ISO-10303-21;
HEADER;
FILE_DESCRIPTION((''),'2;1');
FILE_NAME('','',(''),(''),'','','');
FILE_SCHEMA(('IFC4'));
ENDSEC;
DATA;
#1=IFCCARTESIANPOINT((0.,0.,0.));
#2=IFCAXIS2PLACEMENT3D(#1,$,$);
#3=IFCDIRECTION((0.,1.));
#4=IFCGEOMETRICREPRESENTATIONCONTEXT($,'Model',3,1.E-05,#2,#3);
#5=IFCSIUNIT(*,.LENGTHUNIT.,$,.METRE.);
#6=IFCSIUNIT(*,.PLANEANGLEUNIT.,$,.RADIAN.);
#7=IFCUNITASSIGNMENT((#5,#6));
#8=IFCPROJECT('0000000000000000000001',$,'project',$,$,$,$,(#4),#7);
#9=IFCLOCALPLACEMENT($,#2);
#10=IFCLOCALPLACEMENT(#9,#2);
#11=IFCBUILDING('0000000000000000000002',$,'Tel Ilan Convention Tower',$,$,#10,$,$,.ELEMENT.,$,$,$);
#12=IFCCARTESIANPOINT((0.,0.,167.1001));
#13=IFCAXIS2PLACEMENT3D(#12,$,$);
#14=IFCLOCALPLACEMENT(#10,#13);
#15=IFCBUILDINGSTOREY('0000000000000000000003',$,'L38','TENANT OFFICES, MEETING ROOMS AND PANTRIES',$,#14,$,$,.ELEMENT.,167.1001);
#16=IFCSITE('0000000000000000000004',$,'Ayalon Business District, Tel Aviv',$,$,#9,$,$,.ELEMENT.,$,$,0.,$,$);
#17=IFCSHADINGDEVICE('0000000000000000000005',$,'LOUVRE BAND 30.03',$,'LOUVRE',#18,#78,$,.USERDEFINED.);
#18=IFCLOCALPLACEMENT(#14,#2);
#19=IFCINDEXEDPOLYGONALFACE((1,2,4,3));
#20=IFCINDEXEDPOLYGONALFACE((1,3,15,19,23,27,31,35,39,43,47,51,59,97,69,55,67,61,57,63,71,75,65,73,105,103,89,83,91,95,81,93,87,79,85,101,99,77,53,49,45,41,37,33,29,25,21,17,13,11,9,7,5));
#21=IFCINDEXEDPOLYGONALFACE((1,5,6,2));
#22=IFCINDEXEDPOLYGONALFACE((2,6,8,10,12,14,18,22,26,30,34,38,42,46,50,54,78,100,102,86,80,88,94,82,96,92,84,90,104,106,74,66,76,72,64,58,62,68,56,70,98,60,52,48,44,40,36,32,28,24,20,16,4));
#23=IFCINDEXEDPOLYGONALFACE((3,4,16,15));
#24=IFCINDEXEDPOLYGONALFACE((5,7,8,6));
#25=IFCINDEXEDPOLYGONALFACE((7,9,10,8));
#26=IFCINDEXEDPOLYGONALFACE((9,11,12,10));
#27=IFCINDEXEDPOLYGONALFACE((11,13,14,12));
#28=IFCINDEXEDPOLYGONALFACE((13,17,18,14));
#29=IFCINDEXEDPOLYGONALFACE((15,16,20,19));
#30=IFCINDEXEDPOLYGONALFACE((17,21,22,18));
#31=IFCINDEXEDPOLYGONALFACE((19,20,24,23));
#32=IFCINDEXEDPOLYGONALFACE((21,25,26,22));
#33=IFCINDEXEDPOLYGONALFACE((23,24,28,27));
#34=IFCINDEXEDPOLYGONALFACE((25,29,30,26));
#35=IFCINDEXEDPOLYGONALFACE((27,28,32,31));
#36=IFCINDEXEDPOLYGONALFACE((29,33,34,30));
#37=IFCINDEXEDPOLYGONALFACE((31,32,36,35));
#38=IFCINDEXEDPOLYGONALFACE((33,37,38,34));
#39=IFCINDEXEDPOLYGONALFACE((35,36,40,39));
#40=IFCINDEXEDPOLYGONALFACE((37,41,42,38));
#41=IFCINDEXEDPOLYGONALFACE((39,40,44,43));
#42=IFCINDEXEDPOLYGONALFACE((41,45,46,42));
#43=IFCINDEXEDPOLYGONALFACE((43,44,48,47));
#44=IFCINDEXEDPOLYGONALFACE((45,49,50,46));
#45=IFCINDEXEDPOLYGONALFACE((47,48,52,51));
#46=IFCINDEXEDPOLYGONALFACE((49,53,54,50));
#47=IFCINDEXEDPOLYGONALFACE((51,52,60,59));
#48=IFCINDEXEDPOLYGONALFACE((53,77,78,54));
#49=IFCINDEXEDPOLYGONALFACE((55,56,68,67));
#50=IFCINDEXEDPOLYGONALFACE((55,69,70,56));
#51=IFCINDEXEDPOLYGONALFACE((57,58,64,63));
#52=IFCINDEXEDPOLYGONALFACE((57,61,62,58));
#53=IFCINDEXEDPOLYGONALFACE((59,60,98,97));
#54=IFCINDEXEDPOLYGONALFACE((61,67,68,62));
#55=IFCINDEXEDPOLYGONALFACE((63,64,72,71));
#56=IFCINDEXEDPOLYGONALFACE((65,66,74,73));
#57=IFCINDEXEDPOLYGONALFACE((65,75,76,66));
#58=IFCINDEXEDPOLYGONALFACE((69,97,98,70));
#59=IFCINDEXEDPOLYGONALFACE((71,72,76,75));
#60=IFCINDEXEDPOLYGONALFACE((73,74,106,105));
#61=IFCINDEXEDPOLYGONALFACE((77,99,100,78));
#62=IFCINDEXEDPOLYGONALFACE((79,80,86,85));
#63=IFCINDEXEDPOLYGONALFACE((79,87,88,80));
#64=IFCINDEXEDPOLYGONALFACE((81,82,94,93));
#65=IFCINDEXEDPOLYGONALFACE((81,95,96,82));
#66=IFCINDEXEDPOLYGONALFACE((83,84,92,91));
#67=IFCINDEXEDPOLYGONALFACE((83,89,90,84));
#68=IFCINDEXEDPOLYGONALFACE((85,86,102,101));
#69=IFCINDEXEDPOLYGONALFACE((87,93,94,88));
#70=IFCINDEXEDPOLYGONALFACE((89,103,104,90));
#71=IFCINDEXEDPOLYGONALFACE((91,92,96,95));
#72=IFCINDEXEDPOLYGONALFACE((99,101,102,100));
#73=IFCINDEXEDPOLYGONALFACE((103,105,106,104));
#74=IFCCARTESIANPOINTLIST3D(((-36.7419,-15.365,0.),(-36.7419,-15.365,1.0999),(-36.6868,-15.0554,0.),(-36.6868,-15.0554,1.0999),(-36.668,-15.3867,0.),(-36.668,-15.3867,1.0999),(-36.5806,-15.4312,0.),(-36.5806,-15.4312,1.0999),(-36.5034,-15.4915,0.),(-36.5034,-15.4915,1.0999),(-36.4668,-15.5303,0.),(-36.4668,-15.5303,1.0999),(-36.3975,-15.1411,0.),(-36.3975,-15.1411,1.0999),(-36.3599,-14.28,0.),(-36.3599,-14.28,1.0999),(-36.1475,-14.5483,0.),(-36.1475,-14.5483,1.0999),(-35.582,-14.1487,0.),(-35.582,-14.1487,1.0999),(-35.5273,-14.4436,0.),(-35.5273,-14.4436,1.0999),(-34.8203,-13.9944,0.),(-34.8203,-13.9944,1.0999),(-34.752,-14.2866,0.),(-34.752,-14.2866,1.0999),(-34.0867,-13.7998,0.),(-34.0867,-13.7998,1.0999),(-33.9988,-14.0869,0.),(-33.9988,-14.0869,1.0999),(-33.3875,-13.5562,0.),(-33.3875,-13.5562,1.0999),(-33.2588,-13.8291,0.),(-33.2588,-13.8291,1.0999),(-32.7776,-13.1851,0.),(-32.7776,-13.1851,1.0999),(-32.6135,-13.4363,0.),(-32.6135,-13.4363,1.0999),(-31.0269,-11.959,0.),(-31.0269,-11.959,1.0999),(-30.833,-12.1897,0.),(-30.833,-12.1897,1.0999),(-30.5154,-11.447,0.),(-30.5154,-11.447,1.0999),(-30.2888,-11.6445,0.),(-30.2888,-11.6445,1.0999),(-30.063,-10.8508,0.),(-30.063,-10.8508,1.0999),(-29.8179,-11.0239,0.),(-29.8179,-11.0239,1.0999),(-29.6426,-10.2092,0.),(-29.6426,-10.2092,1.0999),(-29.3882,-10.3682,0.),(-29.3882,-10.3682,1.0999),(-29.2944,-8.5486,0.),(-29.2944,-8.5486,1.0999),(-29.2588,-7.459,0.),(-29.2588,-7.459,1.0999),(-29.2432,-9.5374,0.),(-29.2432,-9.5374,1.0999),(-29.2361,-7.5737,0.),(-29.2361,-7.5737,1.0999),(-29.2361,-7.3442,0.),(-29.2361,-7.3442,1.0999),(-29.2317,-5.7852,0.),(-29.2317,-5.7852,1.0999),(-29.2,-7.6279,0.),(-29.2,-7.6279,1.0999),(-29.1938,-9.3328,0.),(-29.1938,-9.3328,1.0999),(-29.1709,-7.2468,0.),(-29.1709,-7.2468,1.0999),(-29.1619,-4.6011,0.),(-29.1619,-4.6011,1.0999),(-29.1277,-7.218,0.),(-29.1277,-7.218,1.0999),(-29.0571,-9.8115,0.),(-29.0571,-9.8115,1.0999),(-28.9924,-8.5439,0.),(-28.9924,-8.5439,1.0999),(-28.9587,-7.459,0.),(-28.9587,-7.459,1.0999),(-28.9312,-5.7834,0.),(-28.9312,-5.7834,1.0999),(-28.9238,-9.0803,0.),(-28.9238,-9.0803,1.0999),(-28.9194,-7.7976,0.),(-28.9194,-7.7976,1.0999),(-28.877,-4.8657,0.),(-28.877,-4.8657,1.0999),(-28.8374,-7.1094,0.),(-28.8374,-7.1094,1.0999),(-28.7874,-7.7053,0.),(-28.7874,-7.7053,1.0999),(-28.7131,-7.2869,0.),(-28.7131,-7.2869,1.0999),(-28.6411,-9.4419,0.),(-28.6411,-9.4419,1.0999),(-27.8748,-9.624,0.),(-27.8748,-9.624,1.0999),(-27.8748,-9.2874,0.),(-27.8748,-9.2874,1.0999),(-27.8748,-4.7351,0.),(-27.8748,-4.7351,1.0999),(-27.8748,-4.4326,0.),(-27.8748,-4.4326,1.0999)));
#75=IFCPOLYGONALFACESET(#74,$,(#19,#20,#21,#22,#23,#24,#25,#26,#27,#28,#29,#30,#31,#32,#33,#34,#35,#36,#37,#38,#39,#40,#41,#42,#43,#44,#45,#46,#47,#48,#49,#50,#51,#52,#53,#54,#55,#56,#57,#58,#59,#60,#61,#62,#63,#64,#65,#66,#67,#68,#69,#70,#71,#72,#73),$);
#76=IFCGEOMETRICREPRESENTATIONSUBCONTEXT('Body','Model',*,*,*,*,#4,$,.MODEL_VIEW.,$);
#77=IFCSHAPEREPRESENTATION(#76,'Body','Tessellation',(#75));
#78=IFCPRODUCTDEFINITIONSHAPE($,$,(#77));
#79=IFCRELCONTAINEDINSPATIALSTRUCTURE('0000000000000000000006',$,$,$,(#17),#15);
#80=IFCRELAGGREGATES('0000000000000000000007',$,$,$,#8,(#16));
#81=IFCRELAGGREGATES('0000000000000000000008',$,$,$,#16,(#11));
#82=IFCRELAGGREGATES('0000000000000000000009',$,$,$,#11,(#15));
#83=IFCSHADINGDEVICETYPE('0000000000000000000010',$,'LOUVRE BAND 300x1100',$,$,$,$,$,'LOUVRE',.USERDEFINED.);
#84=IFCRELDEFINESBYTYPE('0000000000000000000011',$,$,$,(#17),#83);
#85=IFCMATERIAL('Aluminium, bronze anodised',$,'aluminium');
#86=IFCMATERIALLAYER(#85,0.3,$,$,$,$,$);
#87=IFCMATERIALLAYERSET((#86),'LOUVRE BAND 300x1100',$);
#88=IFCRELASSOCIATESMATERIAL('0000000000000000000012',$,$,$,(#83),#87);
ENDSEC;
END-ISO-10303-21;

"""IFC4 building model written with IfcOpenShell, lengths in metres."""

from ifc_helpers import new_model, si_unit, direction, frame, origin, place, context, subcontext, project, spatial, polyline, outline, extrude, material, layer, layer_set, type_object, element, save


model = new_model("IFC4")

# Units and contexts
model_context = context("Model", 3, precision=1e-05, world=origin(), true_north=direction((0.0, 1.0)))
body_context = subcontext(model_context, "Body", "Model", "MODEL_VIEW")
ifc_project = project(units=[si_unit("LENGTHUNIT", "METRE"), si_unit("PLANEANGLEUNIT", "RADIAN")], contexts=[model_context])

# Site, building, storey
site_placement = place(None, origin())
site = spatial("IfcSite", under=ifc_project, at=site_placement, Name="Ayalon Business District, Tel Aviv", CompositionType="ELEMENT", RefElevation=0.0)
building_placement = place(site_placement, origin())
building = spatial("IfcBuilding", under=site, at=building_placement, Name="Tel Ilan Convention Tower", CompositionType="ELEMENT")
storey_placement = place(building_placement, frame((0.0, 0.0, 167.1001)))
storey = spatial("IfcBuildingStorey", under=building, at=storey_placement, Name="L38", Description="TENANT OFFICES, MEETING ROOMS AND PANTRIES", CompositionType="ELEMENT", Elevation=167.1001)

# Shading device
ifc_material_1 = material(Name="Aluminium, bronze anodised", Category="aluminium")
ifc_layer_1 = layer(ifc_material_1, 0.3)
ifc_layer_set_1 = layer_set([ifc_layer_1], Name="LOUVRE BAND 300x1100")
shading_device_type_1 = type_object("IfcShadingDeviceType", Name="LOUVRE BAND 300x1100", ElementType="LOUVRE", PredefinedType="USERDEFINED", material=ifc_layer_set_1)
shading_device_1_placement = place(storey_placement, origin())
element("IfcShadingDevice", 1, at=shading_device_1_placement, inside=storey, type_object=shading_device_type_1, Name="LOUVRE BAND 30.03", ObjectType="LOUVRE", PredefinedType="USERDEFINED", context=body_context, shape_type="SweptSolid", body=[
    extrude(outline(polyline([(-36.4668, -15.5303), (-36.3975, -15.1411), (-36.1475, -14.5483), (-35.5273, -14.4436), (-34.752, -14.2866), (-33.9988, -14.0869), (-33.2588, -13.8291), (-32.6135, -13.4363), (-30.833, -12.1897), (-30.2888, -11.6445), (-29.8179, -11.0239), (-29.3882, -10.3682), (-29.0571, -9.8115), (-27.8748, -9.624), (-27.8748, -9.2874), (-28.9238, -9.0803), (-28.9924, -8.5439), (-28.9194, -7.7976), (-28.7874, -7.7053), (-28.9587, -7.459), (-28.7131, -7.2869), (-28.8374, -7.1094), (-28.9312, -5.7834), (-28.877, -4.8657), (-27.8748, -4.7351), (-27.8748, -4.4326), (-29.1619, -4.6011), (-29.2317, -5.7852), (-29.1277, -7.218), (-29.1709, -7.2468), (-29.2361, -7.3442), (-29.2588, -7.459), (-29.2361, -7.5737), (-29.2, -7.6279), (-29.2944, -8.5486), (-29.1938, -9.3328), (-28.6411, -9.4419), (-29.2432, -9.5374), (-29.6426, -10.2092), (-30.063, -10.8508), (-30.5154, -11.447), (-31.0269, -11.959), (-32.7776, -13.1851), (-33.3875, -13.5562), (-34.0867, -13.7998), (-34.8203, -13.9944), (-35.582, -14.1487), (-36.3599, -14.28), (-36.6868, -15.0554), (-36.7419, -15.365), (-36.668, -15.3867), (-36.5806, -15.4312), (-36.5034, -15.4915), (-36.4668, -15.5303)])), origin(), (0.0, 0.0, 1.0), 1.0999),
])

save(model, "model.ifc")
